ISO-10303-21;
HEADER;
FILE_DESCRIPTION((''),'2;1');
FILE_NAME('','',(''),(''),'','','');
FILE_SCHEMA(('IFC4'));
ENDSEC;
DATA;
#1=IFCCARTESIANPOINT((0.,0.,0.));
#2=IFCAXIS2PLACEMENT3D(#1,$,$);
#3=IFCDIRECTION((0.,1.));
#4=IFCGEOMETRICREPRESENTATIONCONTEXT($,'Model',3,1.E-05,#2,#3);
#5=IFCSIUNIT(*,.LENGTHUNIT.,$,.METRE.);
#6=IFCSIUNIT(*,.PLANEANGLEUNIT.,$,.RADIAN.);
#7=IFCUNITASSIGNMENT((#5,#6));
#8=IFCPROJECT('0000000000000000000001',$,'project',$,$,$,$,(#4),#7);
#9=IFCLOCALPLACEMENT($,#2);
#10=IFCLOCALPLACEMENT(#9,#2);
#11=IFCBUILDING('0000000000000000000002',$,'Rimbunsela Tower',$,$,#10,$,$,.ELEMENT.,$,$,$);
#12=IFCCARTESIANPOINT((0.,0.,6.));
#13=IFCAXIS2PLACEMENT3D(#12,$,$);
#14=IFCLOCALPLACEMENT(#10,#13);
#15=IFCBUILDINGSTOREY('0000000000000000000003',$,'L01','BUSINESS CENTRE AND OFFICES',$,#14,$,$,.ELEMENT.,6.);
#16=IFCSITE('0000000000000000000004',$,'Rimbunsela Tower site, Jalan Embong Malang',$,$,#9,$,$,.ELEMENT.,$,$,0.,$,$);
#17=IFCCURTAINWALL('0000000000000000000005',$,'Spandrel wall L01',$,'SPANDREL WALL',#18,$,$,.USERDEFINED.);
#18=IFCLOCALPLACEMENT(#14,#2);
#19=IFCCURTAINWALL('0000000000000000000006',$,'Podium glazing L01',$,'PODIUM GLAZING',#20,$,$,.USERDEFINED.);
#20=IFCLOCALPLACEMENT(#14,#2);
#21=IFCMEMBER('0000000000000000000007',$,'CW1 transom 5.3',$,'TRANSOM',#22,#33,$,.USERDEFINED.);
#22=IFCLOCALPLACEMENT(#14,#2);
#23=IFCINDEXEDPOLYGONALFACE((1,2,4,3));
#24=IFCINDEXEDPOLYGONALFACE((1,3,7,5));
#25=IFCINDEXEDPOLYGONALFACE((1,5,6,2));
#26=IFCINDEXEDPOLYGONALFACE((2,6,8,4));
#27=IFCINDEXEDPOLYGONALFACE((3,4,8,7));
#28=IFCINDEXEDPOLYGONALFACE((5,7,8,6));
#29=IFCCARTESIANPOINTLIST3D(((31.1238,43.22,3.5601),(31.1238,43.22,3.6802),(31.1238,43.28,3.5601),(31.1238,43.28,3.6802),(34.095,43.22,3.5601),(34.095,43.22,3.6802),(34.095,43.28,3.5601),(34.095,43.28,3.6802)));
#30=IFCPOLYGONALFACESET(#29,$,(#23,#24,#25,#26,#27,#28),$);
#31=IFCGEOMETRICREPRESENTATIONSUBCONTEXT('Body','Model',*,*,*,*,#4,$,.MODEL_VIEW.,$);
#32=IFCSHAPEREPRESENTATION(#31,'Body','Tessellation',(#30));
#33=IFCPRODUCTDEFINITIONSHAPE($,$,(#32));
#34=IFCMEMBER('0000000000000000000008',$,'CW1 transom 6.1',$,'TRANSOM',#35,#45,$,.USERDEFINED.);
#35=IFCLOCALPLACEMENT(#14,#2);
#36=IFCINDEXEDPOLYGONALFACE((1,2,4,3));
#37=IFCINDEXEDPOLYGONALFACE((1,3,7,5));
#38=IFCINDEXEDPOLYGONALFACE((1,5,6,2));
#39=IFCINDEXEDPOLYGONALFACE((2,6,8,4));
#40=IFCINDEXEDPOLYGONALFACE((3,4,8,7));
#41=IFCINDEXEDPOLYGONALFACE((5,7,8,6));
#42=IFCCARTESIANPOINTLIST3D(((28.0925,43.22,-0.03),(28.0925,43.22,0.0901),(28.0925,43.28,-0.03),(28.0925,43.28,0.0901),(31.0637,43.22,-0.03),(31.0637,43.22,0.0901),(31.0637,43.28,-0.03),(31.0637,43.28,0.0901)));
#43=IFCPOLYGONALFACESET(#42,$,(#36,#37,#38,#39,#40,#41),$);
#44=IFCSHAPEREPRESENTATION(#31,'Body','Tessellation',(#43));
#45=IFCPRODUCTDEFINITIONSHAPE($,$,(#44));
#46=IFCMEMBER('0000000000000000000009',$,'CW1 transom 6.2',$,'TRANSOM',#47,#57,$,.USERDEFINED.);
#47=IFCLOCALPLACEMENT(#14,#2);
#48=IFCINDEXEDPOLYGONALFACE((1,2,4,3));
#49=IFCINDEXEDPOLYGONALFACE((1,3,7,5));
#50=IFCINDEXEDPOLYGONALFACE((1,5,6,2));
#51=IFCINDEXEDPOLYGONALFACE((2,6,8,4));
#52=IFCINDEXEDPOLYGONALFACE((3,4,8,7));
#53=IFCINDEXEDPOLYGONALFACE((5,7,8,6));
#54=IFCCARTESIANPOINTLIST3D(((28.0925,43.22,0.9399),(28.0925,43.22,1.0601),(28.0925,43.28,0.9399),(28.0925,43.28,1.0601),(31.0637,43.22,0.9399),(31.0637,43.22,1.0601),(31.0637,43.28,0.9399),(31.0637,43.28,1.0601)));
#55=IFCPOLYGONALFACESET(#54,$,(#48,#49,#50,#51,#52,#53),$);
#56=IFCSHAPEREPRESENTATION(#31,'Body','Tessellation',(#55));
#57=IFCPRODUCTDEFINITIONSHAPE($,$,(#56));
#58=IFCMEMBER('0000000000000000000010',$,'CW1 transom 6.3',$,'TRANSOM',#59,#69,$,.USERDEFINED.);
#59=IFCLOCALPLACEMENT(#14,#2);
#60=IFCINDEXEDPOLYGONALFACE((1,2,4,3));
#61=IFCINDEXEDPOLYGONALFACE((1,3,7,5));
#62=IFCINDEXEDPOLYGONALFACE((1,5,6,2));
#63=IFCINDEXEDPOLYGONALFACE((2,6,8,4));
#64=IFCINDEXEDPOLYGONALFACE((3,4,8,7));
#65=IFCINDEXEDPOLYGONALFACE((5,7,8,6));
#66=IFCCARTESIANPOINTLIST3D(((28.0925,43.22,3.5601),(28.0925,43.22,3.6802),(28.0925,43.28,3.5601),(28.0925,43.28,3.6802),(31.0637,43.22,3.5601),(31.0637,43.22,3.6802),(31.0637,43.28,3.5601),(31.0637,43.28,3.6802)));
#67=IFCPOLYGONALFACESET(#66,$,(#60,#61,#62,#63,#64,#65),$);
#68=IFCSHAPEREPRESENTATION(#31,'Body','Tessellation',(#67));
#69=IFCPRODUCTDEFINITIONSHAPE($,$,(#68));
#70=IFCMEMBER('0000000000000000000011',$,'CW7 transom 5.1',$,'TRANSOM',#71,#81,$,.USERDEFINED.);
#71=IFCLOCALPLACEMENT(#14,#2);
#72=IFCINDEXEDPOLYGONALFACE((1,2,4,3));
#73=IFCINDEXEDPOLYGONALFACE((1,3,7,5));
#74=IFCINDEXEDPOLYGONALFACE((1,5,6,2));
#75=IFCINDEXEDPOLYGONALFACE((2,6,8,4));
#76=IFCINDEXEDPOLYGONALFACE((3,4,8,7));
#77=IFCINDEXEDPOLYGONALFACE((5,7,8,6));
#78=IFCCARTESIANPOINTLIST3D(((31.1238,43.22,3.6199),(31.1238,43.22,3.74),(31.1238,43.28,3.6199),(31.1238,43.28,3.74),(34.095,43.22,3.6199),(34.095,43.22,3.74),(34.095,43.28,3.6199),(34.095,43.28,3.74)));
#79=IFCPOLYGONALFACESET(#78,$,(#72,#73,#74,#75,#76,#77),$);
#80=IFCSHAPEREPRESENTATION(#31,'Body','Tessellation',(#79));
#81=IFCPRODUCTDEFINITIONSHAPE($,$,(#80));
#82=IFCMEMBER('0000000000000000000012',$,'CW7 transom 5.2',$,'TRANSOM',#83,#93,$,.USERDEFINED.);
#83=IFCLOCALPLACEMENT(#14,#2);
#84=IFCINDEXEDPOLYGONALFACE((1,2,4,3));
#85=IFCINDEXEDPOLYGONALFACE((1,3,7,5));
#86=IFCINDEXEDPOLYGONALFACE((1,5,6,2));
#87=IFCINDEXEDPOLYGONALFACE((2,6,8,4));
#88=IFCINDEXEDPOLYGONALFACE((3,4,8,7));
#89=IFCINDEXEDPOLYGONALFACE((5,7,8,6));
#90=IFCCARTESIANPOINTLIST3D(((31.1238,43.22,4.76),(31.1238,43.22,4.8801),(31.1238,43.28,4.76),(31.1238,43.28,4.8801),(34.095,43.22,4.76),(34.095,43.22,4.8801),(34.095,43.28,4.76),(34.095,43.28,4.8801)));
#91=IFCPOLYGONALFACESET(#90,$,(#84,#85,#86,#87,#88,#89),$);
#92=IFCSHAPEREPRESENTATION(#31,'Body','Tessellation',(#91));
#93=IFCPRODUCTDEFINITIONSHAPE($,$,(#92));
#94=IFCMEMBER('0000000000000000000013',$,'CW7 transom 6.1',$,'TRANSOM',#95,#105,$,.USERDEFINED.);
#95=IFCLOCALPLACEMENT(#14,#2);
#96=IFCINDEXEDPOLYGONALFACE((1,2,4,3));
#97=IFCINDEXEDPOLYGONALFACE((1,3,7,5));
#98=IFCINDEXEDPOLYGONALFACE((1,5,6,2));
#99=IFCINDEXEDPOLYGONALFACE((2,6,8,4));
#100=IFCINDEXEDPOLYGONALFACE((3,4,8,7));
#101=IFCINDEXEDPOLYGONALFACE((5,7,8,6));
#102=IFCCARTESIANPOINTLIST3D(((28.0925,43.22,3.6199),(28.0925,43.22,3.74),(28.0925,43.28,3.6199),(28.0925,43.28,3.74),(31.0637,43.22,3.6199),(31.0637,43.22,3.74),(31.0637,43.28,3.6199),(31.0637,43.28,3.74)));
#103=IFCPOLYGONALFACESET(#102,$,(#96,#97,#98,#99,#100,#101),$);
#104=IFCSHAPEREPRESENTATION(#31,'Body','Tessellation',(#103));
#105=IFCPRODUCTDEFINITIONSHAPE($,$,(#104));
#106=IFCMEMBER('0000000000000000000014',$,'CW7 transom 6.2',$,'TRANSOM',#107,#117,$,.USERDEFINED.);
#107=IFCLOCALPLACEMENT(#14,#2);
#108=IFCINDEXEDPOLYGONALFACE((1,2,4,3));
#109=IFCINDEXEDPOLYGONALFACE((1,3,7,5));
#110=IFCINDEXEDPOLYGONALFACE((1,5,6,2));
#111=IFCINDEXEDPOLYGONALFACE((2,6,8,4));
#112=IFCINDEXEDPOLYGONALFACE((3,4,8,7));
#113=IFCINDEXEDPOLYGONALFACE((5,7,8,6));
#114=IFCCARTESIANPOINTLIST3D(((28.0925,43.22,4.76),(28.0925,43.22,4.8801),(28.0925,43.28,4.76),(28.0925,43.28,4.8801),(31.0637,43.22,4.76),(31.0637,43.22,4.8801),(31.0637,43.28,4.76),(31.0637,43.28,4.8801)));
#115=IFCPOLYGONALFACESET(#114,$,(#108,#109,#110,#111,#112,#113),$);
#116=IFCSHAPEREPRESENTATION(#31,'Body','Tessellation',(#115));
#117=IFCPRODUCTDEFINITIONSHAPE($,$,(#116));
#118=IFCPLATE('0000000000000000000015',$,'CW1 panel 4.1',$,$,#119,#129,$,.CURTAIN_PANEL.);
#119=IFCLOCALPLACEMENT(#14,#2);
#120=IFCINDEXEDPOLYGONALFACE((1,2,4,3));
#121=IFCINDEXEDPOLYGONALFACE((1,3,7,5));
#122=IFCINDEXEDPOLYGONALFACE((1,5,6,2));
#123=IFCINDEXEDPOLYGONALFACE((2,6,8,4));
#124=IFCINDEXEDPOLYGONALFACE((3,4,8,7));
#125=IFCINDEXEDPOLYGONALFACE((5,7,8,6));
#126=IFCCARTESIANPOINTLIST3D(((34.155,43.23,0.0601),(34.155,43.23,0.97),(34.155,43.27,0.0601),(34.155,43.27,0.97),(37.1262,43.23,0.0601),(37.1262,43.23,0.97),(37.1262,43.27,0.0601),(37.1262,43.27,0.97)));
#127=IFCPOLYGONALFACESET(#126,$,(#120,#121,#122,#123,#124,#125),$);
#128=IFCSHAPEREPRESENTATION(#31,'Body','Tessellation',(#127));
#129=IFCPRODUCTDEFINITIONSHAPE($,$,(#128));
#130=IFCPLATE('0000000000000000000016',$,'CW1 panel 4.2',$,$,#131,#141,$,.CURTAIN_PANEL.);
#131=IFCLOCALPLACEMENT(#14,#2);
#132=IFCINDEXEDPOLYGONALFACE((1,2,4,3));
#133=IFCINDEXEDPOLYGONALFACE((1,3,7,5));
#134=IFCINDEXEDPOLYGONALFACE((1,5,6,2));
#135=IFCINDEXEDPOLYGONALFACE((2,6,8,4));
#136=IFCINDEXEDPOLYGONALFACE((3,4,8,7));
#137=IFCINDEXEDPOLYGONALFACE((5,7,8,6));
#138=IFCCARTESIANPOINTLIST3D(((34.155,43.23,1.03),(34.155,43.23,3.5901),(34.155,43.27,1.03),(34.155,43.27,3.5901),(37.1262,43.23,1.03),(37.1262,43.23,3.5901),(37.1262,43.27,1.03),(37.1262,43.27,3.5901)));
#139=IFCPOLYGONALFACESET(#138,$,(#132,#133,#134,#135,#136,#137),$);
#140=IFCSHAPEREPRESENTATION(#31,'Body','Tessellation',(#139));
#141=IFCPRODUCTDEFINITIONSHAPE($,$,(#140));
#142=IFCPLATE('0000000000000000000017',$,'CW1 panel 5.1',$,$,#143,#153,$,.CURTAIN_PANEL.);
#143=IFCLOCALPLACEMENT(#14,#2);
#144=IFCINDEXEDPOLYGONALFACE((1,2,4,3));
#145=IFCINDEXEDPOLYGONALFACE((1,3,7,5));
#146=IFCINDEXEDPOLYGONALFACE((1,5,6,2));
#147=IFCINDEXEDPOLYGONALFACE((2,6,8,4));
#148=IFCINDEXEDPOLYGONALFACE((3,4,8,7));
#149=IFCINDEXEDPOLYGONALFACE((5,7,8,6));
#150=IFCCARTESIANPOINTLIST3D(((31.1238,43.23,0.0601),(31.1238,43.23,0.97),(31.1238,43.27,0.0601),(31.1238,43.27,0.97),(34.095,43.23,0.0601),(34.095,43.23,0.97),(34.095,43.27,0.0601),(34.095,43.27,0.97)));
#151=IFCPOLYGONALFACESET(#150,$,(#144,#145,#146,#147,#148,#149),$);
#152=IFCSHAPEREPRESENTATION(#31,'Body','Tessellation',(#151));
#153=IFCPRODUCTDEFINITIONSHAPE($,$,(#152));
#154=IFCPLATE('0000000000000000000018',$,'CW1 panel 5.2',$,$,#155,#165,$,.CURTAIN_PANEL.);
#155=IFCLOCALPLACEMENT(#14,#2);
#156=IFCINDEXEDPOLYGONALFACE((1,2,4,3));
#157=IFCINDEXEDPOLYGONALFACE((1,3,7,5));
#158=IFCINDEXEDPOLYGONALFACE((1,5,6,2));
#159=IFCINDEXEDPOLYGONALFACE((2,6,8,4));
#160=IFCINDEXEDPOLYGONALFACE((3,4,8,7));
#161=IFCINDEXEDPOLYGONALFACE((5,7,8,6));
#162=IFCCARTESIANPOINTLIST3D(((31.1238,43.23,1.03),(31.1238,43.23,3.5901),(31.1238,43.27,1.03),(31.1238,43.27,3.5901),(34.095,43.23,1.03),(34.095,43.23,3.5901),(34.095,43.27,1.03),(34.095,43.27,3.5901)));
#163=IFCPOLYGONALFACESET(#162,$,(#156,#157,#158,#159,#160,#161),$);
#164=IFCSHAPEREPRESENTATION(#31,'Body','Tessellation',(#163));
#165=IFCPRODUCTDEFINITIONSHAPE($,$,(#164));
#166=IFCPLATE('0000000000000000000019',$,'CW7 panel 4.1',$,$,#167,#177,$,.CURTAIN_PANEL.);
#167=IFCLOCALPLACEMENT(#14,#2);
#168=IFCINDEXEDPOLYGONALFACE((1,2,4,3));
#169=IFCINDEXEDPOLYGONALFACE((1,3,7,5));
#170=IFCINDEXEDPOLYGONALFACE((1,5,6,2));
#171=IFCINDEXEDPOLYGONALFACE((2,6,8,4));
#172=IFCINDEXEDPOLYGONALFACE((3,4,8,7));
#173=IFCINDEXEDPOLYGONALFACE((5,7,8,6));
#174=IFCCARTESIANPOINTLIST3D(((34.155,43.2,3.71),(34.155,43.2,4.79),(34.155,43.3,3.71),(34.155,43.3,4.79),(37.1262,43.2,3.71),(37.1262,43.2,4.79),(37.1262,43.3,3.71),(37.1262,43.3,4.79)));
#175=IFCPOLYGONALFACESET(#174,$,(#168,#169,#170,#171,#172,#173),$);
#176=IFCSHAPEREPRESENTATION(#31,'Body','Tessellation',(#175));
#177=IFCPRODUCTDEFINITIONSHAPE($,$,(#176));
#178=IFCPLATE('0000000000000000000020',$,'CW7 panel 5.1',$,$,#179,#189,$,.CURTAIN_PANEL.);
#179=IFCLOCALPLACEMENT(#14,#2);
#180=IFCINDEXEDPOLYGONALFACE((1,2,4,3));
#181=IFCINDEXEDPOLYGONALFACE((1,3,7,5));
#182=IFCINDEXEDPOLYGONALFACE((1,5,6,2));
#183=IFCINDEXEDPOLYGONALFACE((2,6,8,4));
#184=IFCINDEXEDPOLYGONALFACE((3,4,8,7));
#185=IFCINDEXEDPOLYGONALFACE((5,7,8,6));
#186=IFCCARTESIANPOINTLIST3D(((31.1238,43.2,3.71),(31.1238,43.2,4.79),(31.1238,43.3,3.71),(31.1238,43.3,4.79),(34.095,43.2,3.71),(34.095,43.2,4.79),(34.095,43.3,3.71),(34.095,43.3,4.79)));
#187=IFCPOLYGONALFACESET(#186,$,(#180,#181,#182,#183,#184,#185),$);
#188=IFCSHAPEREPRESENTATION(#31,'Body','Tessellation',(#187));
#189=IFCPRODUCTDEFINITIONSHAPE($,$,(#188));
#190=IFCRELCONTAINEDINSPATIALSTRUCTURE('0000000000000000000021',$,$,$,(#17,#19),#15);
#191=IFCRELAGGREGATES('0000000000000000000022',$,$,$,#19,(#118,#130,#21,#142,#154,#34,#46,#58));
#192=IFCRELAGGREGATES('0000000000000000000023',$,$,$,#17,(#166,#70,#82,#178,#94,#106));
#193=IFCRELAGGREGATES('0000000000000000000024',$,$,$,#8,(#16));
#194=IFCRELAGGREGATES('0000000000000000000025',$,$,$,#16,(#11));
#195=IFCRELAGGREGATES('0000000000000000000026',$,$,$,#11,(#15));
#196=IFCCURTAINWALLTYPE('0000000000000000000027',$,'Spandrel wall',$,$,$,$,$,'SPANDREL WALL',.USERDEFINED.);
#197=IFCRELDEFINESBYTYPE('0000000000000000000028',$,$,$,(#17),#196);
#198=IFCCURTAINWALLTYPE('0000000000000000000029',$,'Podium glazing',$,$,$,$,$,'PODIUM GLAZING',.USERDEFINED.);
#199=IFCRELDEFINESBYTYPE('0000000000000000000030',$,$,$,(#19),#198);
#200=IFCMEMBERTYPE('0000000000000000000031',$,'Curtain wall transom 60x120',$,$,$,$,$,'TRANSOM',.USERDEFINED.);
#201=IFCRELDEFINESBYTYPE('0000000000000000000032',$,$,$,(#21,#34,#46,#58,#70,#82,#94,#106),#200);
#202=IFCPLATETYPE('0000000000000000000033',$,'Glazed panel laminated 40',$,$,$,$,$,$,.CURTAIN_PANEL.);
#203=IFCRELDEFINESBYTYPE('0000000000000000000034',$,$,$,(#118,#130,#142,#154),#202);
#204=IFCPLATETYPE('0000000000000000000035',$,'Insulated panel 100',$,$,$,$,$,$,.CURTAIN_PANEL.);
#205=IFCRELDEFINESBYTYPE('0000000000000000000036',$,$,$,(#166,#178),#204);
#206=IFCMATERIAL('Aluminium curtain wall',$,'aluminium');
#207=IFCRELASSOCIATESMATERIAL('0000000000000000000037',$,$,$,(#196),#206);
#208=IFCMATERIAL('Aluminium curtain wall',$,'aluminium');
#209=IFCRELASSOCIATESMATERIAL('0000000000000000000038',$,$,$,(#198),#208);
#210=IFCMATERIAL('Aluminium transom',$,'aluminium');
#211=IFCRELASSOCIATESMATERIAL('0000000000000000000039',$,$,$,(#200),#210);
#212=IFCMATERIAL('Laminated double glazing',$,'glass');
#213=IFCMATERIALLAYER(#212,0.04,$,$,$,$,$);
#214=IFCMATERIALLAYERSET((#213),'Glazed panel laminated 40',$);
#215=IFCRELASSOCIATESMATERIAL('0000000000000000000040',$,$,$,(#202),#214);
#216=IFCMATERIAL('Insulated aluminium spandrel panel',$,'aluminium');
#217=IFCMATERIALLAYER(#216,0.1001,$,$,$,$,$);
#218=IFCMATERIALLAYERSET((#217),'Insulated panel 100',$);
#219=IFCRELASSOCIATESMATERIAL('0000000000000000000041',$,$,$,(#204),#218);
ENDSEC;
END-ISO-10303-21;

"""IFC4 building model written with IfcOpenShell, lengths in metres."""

from ifc_helpers import new_model, si_unit, direction, frame, origin, origin_2d, place, context, subcontext, project, spatial, rectangle, extrude, material, layer, layer_set, material_profile, profile_set, type_object, element, aggregate, save


model = new_model("IFC4")

# Units and contexts
model_context = context("Model", 3, precision=1e-05, world=origin(), true_north=direction((0.0, 1.0)))
body_context = subcontext(model_context, "Body", "Model", "MODEL_VIEW")
ifc_project = project(units=[si_unit("LENGTHUNIT", "METRE"), si_unit("PLANEANGLEUNIT", "RADIAN")], contexts=[model_context])

# Site, building, storey
site_placement = place(None, origin())
site = spatial("IfcSite", under=ifc_project, at=site_placement, Name="Rimbunsela Tower site, Jalan Embong Malang", CompositionType="ELEMENT", RefElevation=0.0)
building_placement = place(site_placement, origin())
building = spatial("IfcBuilding", under=site, at=building_placement, Name="Rimbunsela Tower", CompositionType="ELEMENT")
storey_placement = place(building_placement, frame((0.0, 0.0, 6.0)))
storey = spatial("IfcBuildingStorey", under=building, at=storey_placement, Name="L01", Description="BUSINESS CENTRE AND OFFICES", CompositionType="ELEMENT", Elevation=6.0)

# Curtain walls, members
ifc_material_1 = material(Name="Aluminium curtain wall", Category="aluminium")
curtain_wall_type_1 = type_object("IfcCurtainWallType", Name="Spandrel wall", ElementType="SPANDREL WALL", PredefinedType="USERDEFINED", material=ifc_material_1)
curtain_wall_1_placement = place(storey_placement, origin())
curtain_wall_1 = element("IfcCurtainWall", 1, at=curtain_wall_1_placement, inside=storey, type_object=curtain_wall_type_1, Name="Spandrel wall L01", ObjectType="SPANDREL WALL", PredefinedType="USERDEFINED")
ifc_material_2 = material(Name="Aluminium curtain wall", Category="aluminium")
curtain_wall_type_2 = type_object("IfcCurtainWallType", Name="Podium glazing", ElementType="PODIUM GLAZING", PredefinedType="USERDEFINED", material=ifc_material_2)
curtain_wall_2_placement = place(storey_placement, origin())
curtain_wall_2 = element("IfcCurtainWall", 2, at=curtain_wall_2_placement, inside=storey, type_object=curtain_wall_type_2, Name="Podium glazing L01", ObjectType="PODIUM GLAZING", PredefinedType="USERDEFINED")
ifc_material_3 = material(Name="Aluminium transom", Category="aluminium")
ifc_material_profile_1 = material_profile(ifc_material_3, rectangle(XDim=0.0601, YDim=0.1201, at=origin_2d()), Name="Transom 60x120")
ifc_profile_set_1 = profile_set([ifc_material_profile_1], Name="Aluminium transom")
member_type_1 = type_object("IfcMemberType", Name="Curtain wall transom 60x120", ElementType="TRANSOM", PredefinedType="USERDEFINED", material=ifc_profile_set_1)
member_1_placement = place(storey_placement, frame((34.095, 43.25, 3.6201), z_axis=(-1.0, 0.0, 0.0), x_axis=(0.0, -1.0, 0.0)))
member_1 = element("IfcMember", 3, at=member_1_placement, type_object=member_type_1, Name="CW1 transom 5.3", ObjectType="TRANSOM", PredefinedType="USERDEFINED", context=body_context, shape_type="SweptSolid", body=[
    extrude(rectangle(XDim=0.0601, YDim=0.1201, at=origin_2d()), origin(), (0.0, 0.0, 1.0), 2.9712),
])
member_2_placement = place(storey_placement, frame((31.0637, 43.25, 0.03), z_axis=(-1.0, 0.0, 0.0), x_axis=(0.0, -1.0, 0.0)))
member_2 = element("IfcMember", 4, at=member_2_placement, type_object=member_type_1, Name="CW1 transom 6.1", ObjectType="TRANSOM", PredefinedType="USERDEFINED", context=body_context, shape_type="SweptSolid", body=[
    extrude(rectangle(XDim=0.0601, YDim=0.1201, at=origin_2d()), origin(), (0.0, 0.0, 1.0), 2.9712),
])
member_3_placement = place(storey_placement, frame((31.0637, 43.25, 1.0), z_axis=(-1.0, 0.0, 0.0), x_axis=(0.0, -1.0, 0.0)))
member_3 = element("IfcMember", 5, at=member_3_placement, type_object=member_type_1, Name="CW1 transom 6.2", ObjectType="TRANSOM", PredefinedType="USERDEFINED", context=body_context, shape_type="SweptSolid", body=[
    extrude(rectangle(XDim=0.0601, YDim=0.1201, at=origin_2d()), origin(), (0.0, 0.0, 1.0), 2.9712),
])
member_4_placement = place(storey_placement, frame((31.0637, 43.25, 3.6201), z_axis=(-1.0, 0.0, 0.0), x_axis=(0.0, -1.0, 0.0)))
member_4 = element("IfcMember", 6, at=member_4_placement, type_object=member_type_1, Name="CW1 transom 6.3", ObjectType="TRANSOM", PredefinedType="USERDEFINED", context=body_context, shape_type="SweptSolid", body=[
    extrude(rectangle(XDim=0.0601, YDim=0.1201, at=origin_2d()), origin(), (0.0, 0.0, 1.0), 2.9712),
])

# Members
member_5_placement = place(storey_placement, frame((34.095, 43.25, 3.6799), z_axis=(-1.0, 0.0, 0.0), x_axis=(0.0, -1.0, 0.0)))
member_5 = element("IfcMember", 7, at=member_5_placement, type_object=member_type_1, Name="CW7 transom 5.1", ObjectType="TRANSOM", PredefinedType="USERDEFINED", context=body_context, shape_type="SweptSolid", body=[
    extrude(rectangle(XDim=0.0601, YDim=0.1201, at=origin_2d()), origin(), (0.0, 0.0, 1.0), 2.9712),
])
member_6_placement = place(storey_placement, frame((34.095, 43.25, 4.8201), z_axis=(-1.0, 0.0, 0.0), x_axis=(0.0, -1.0, 0.0)))
member_6 = element("IfcMember", 8, at=member_6_placement, type_object=member_type_1, Name="CW7 transom 5.2", ObjectType="TRANSOM", PredefinedType="USERDEFINED", context=body_context, shape_type="SweptSolid", body=[
    extrude(rectangle(XDim=0.0601, YDim=0.1201, at=origin_2d()), origin(), (0.0, 0.0, 1.0), 2.9712),
])
member_7_placement = place(storey_placement, frame((31.0637, 43.25, 3.6799), z_axis=(-1.0, 0.0, 0.0), x_axis=(0.0, -1.0, 0.0)))
member_7 = element("IfcMember", 9, at=member_7_placement, type_object=member_type_1, Name="CW7 transom 6.1", ObjectType="TRANSOM", PredefinedType="USERDEFINED", context=body_context, shape_type="SweptSolid", body=[
    extrude(rectangle(XDim=0.0601, YDim=0.1201, at=origin_2d()), origin(), (0.0, 0.0, 1.0), 2.9712),
])
member_8_placement = place(storey_placement, frame((31.0637, 43.25, 4.8201), z_axis=(-1.0, 0.0, 0.0), x_axis=(0.0, -1.0, 0.0)))
member_8 = element("IfcMember", 10, at=member_8_placement, type_object=member_type_1, Name="CW7 transom 6.2", ObjectType="TRANSOM", PredefinedType="USERDEFINED", context=body_context, shape_type="SweptSolid", body=[
    extrude(rectangle(XDim=0.0601, YDim=0.1201, at=origin_2d()), origin(), (0.0, 0.0, 1.0), 2.9712),
])

# Plates
ifc_material_4 = material(Name="Laminated double glazing", Category="glass")
ifc_layer_1 = layer(ifc_material_4, 0.04)
ifc_layer_set_1 = layer_set([ifc_layer_1], Name="Glazed panel laminated 40")
plate_type_1 = type_object("IfcPlateType", Name="Glazed panel laminated 40", PredefinedType="CURTAIN_PANEL", material=ifc_layer_set_1)
plate_1_placement = place(storey_placement, frame((35.6406, 43.25, 0.0601), z_axis=(0.0, 0.0, 1.0), x_axis=(-1.0, 0.0, 0.0)))
plate_1 = element("IfcPlate", 11, at=plate_1_placement, type_object=plate_type_1, Name="CW1 panel 4.1", PredefinedType="CURTAIN_PANEL", context=body_context, shape_type="SweptSolid", body=[
    extrude(rectangle(XDim=2.9712, YDim=0.04, at=origin_2d()), origin(), (0.0, 0.0, 1.0), 0.9099),
])
plate_2_placement = place(storey_placement, frame((35.6406, 43.25, 1.03), z_axis=(0.0, 0.0, 1.0), x_axis=(-1.0, 0.0, 0.0)))
plate_2 = element("IfcPlate", 12, at=plate_2_placement, type_object=plate_type_1, Name="CW1 panel 4.2", PredefinedType="CURTAIN_PANEL", context=body_context, shape_type="SweptSolid", body=[
    extrude(rectangle(XDim=2.9712, YDim=0.04, at=origin_2d()), origin(), (0.0, 0.0, 1.0), 2.5601),
])
plate_3_placement = place(storey_placement, frame((32.6094, 43.25, 0.0601), z_axis=(0.0, 0.0, 1.0), x_axis=(-1.0, 0.0, 0.0)))
plate_3 = element("IfcPlate", 13, at=plate_3_placement, type_object=plate_type_1, Name="CW1 panel 5.1", PredefinedType="CURTAIN_PANEL", context=body_context, shape_type="SweptSolid", body=[
    extrude(rectangle(XDim=2.9712, YDim=0.04, at=origin_2d()), origin(), (0.0, 0.0, 1.0), 0.9099),
])
plate_4_placement = place(storey_placement, frame((32.6094, 43.25, 1.03), z_axis=(0.0, 0.0, 1.0), x_axis=(-1.0, 0.0, 0.0)))
plate_4 = element("IfcPlate", 14, at=plate_4_placement, type_object=plate_type_1, Name="CW1 panel 5.2", PredefinedType="CURTAIN_PANEL", context=body_context, shape_type="SweptSolid", body=[
    extrude(rectangle(XDim=2.9712, YDim=0.04, at=origin_2d()), origin(), (0.0, 0.0, 1.0), 2.5601),
])
aggregate(curtain_wall_2, [plate_1, plate_2, member_1, plate_3, plate_4, member_2, member_3, member_4])
ifc_material_5 = material(Name="Insulated aluminium spandrel panel", Category="aluminium")
ifc_layer_2 = layer(ifc_material_5, 0.1001)
ifc_layer_set_2 = layer_set([ifc_layer_2], Name="Insulated panel 100")
plate_type_2 = type_object("IfcPlateType", Name="Insulated panel 100", PredefinedType="CURTAIN_PANEL", material=ifc_layer_set_2)
plate_5_placement = place(storey_placement, frame((35.6406, 43.25, 3.71), z_axis=(0.0, 0.0, 1.0), x_axis=(-1.0, 0.0, 0.0)))
plate_5 = element("IfcPlate", 15, at=plate_5_placement, type_object=plate_type_2, Name="CW7 panel 4.1", PredefinedType="CURTAIN_PANEL", context=body_context, shape_type="SweptSolid", body=[
    extrude(rectangle(XDim=2.9712, YDim=0.1001, at=origin_2d()), origin(), (0.0, 0.0, 1.0), 1.0801),
])
plate_6_placement = place(storey_placement, frame((32.6094, 43.25, 3.71), z_axis=(0.0, 0.0, 1.0), x_axis=(-1.0, 0.0, 0.0)))
plate_6 = element("IfcPlate", 16, at=plate_6_placement, type_object=plate_type_2, Name="CW7 panel 5.1", PredefinedType="CURTAIN_PANEL", context=body_context, shape_type="SweptSolid", body=[
    extrude(rectangle(XDim=2.9712, YDim=0.1001, at=origin_2d()), origin(), (0.0, 0.0, 1.0), 1.0801),
])
aggregate(curtain_wall_1, [plate_5, member_5, member_6, plate_6, member_7, member_8])

save(model, "model.ifc")
